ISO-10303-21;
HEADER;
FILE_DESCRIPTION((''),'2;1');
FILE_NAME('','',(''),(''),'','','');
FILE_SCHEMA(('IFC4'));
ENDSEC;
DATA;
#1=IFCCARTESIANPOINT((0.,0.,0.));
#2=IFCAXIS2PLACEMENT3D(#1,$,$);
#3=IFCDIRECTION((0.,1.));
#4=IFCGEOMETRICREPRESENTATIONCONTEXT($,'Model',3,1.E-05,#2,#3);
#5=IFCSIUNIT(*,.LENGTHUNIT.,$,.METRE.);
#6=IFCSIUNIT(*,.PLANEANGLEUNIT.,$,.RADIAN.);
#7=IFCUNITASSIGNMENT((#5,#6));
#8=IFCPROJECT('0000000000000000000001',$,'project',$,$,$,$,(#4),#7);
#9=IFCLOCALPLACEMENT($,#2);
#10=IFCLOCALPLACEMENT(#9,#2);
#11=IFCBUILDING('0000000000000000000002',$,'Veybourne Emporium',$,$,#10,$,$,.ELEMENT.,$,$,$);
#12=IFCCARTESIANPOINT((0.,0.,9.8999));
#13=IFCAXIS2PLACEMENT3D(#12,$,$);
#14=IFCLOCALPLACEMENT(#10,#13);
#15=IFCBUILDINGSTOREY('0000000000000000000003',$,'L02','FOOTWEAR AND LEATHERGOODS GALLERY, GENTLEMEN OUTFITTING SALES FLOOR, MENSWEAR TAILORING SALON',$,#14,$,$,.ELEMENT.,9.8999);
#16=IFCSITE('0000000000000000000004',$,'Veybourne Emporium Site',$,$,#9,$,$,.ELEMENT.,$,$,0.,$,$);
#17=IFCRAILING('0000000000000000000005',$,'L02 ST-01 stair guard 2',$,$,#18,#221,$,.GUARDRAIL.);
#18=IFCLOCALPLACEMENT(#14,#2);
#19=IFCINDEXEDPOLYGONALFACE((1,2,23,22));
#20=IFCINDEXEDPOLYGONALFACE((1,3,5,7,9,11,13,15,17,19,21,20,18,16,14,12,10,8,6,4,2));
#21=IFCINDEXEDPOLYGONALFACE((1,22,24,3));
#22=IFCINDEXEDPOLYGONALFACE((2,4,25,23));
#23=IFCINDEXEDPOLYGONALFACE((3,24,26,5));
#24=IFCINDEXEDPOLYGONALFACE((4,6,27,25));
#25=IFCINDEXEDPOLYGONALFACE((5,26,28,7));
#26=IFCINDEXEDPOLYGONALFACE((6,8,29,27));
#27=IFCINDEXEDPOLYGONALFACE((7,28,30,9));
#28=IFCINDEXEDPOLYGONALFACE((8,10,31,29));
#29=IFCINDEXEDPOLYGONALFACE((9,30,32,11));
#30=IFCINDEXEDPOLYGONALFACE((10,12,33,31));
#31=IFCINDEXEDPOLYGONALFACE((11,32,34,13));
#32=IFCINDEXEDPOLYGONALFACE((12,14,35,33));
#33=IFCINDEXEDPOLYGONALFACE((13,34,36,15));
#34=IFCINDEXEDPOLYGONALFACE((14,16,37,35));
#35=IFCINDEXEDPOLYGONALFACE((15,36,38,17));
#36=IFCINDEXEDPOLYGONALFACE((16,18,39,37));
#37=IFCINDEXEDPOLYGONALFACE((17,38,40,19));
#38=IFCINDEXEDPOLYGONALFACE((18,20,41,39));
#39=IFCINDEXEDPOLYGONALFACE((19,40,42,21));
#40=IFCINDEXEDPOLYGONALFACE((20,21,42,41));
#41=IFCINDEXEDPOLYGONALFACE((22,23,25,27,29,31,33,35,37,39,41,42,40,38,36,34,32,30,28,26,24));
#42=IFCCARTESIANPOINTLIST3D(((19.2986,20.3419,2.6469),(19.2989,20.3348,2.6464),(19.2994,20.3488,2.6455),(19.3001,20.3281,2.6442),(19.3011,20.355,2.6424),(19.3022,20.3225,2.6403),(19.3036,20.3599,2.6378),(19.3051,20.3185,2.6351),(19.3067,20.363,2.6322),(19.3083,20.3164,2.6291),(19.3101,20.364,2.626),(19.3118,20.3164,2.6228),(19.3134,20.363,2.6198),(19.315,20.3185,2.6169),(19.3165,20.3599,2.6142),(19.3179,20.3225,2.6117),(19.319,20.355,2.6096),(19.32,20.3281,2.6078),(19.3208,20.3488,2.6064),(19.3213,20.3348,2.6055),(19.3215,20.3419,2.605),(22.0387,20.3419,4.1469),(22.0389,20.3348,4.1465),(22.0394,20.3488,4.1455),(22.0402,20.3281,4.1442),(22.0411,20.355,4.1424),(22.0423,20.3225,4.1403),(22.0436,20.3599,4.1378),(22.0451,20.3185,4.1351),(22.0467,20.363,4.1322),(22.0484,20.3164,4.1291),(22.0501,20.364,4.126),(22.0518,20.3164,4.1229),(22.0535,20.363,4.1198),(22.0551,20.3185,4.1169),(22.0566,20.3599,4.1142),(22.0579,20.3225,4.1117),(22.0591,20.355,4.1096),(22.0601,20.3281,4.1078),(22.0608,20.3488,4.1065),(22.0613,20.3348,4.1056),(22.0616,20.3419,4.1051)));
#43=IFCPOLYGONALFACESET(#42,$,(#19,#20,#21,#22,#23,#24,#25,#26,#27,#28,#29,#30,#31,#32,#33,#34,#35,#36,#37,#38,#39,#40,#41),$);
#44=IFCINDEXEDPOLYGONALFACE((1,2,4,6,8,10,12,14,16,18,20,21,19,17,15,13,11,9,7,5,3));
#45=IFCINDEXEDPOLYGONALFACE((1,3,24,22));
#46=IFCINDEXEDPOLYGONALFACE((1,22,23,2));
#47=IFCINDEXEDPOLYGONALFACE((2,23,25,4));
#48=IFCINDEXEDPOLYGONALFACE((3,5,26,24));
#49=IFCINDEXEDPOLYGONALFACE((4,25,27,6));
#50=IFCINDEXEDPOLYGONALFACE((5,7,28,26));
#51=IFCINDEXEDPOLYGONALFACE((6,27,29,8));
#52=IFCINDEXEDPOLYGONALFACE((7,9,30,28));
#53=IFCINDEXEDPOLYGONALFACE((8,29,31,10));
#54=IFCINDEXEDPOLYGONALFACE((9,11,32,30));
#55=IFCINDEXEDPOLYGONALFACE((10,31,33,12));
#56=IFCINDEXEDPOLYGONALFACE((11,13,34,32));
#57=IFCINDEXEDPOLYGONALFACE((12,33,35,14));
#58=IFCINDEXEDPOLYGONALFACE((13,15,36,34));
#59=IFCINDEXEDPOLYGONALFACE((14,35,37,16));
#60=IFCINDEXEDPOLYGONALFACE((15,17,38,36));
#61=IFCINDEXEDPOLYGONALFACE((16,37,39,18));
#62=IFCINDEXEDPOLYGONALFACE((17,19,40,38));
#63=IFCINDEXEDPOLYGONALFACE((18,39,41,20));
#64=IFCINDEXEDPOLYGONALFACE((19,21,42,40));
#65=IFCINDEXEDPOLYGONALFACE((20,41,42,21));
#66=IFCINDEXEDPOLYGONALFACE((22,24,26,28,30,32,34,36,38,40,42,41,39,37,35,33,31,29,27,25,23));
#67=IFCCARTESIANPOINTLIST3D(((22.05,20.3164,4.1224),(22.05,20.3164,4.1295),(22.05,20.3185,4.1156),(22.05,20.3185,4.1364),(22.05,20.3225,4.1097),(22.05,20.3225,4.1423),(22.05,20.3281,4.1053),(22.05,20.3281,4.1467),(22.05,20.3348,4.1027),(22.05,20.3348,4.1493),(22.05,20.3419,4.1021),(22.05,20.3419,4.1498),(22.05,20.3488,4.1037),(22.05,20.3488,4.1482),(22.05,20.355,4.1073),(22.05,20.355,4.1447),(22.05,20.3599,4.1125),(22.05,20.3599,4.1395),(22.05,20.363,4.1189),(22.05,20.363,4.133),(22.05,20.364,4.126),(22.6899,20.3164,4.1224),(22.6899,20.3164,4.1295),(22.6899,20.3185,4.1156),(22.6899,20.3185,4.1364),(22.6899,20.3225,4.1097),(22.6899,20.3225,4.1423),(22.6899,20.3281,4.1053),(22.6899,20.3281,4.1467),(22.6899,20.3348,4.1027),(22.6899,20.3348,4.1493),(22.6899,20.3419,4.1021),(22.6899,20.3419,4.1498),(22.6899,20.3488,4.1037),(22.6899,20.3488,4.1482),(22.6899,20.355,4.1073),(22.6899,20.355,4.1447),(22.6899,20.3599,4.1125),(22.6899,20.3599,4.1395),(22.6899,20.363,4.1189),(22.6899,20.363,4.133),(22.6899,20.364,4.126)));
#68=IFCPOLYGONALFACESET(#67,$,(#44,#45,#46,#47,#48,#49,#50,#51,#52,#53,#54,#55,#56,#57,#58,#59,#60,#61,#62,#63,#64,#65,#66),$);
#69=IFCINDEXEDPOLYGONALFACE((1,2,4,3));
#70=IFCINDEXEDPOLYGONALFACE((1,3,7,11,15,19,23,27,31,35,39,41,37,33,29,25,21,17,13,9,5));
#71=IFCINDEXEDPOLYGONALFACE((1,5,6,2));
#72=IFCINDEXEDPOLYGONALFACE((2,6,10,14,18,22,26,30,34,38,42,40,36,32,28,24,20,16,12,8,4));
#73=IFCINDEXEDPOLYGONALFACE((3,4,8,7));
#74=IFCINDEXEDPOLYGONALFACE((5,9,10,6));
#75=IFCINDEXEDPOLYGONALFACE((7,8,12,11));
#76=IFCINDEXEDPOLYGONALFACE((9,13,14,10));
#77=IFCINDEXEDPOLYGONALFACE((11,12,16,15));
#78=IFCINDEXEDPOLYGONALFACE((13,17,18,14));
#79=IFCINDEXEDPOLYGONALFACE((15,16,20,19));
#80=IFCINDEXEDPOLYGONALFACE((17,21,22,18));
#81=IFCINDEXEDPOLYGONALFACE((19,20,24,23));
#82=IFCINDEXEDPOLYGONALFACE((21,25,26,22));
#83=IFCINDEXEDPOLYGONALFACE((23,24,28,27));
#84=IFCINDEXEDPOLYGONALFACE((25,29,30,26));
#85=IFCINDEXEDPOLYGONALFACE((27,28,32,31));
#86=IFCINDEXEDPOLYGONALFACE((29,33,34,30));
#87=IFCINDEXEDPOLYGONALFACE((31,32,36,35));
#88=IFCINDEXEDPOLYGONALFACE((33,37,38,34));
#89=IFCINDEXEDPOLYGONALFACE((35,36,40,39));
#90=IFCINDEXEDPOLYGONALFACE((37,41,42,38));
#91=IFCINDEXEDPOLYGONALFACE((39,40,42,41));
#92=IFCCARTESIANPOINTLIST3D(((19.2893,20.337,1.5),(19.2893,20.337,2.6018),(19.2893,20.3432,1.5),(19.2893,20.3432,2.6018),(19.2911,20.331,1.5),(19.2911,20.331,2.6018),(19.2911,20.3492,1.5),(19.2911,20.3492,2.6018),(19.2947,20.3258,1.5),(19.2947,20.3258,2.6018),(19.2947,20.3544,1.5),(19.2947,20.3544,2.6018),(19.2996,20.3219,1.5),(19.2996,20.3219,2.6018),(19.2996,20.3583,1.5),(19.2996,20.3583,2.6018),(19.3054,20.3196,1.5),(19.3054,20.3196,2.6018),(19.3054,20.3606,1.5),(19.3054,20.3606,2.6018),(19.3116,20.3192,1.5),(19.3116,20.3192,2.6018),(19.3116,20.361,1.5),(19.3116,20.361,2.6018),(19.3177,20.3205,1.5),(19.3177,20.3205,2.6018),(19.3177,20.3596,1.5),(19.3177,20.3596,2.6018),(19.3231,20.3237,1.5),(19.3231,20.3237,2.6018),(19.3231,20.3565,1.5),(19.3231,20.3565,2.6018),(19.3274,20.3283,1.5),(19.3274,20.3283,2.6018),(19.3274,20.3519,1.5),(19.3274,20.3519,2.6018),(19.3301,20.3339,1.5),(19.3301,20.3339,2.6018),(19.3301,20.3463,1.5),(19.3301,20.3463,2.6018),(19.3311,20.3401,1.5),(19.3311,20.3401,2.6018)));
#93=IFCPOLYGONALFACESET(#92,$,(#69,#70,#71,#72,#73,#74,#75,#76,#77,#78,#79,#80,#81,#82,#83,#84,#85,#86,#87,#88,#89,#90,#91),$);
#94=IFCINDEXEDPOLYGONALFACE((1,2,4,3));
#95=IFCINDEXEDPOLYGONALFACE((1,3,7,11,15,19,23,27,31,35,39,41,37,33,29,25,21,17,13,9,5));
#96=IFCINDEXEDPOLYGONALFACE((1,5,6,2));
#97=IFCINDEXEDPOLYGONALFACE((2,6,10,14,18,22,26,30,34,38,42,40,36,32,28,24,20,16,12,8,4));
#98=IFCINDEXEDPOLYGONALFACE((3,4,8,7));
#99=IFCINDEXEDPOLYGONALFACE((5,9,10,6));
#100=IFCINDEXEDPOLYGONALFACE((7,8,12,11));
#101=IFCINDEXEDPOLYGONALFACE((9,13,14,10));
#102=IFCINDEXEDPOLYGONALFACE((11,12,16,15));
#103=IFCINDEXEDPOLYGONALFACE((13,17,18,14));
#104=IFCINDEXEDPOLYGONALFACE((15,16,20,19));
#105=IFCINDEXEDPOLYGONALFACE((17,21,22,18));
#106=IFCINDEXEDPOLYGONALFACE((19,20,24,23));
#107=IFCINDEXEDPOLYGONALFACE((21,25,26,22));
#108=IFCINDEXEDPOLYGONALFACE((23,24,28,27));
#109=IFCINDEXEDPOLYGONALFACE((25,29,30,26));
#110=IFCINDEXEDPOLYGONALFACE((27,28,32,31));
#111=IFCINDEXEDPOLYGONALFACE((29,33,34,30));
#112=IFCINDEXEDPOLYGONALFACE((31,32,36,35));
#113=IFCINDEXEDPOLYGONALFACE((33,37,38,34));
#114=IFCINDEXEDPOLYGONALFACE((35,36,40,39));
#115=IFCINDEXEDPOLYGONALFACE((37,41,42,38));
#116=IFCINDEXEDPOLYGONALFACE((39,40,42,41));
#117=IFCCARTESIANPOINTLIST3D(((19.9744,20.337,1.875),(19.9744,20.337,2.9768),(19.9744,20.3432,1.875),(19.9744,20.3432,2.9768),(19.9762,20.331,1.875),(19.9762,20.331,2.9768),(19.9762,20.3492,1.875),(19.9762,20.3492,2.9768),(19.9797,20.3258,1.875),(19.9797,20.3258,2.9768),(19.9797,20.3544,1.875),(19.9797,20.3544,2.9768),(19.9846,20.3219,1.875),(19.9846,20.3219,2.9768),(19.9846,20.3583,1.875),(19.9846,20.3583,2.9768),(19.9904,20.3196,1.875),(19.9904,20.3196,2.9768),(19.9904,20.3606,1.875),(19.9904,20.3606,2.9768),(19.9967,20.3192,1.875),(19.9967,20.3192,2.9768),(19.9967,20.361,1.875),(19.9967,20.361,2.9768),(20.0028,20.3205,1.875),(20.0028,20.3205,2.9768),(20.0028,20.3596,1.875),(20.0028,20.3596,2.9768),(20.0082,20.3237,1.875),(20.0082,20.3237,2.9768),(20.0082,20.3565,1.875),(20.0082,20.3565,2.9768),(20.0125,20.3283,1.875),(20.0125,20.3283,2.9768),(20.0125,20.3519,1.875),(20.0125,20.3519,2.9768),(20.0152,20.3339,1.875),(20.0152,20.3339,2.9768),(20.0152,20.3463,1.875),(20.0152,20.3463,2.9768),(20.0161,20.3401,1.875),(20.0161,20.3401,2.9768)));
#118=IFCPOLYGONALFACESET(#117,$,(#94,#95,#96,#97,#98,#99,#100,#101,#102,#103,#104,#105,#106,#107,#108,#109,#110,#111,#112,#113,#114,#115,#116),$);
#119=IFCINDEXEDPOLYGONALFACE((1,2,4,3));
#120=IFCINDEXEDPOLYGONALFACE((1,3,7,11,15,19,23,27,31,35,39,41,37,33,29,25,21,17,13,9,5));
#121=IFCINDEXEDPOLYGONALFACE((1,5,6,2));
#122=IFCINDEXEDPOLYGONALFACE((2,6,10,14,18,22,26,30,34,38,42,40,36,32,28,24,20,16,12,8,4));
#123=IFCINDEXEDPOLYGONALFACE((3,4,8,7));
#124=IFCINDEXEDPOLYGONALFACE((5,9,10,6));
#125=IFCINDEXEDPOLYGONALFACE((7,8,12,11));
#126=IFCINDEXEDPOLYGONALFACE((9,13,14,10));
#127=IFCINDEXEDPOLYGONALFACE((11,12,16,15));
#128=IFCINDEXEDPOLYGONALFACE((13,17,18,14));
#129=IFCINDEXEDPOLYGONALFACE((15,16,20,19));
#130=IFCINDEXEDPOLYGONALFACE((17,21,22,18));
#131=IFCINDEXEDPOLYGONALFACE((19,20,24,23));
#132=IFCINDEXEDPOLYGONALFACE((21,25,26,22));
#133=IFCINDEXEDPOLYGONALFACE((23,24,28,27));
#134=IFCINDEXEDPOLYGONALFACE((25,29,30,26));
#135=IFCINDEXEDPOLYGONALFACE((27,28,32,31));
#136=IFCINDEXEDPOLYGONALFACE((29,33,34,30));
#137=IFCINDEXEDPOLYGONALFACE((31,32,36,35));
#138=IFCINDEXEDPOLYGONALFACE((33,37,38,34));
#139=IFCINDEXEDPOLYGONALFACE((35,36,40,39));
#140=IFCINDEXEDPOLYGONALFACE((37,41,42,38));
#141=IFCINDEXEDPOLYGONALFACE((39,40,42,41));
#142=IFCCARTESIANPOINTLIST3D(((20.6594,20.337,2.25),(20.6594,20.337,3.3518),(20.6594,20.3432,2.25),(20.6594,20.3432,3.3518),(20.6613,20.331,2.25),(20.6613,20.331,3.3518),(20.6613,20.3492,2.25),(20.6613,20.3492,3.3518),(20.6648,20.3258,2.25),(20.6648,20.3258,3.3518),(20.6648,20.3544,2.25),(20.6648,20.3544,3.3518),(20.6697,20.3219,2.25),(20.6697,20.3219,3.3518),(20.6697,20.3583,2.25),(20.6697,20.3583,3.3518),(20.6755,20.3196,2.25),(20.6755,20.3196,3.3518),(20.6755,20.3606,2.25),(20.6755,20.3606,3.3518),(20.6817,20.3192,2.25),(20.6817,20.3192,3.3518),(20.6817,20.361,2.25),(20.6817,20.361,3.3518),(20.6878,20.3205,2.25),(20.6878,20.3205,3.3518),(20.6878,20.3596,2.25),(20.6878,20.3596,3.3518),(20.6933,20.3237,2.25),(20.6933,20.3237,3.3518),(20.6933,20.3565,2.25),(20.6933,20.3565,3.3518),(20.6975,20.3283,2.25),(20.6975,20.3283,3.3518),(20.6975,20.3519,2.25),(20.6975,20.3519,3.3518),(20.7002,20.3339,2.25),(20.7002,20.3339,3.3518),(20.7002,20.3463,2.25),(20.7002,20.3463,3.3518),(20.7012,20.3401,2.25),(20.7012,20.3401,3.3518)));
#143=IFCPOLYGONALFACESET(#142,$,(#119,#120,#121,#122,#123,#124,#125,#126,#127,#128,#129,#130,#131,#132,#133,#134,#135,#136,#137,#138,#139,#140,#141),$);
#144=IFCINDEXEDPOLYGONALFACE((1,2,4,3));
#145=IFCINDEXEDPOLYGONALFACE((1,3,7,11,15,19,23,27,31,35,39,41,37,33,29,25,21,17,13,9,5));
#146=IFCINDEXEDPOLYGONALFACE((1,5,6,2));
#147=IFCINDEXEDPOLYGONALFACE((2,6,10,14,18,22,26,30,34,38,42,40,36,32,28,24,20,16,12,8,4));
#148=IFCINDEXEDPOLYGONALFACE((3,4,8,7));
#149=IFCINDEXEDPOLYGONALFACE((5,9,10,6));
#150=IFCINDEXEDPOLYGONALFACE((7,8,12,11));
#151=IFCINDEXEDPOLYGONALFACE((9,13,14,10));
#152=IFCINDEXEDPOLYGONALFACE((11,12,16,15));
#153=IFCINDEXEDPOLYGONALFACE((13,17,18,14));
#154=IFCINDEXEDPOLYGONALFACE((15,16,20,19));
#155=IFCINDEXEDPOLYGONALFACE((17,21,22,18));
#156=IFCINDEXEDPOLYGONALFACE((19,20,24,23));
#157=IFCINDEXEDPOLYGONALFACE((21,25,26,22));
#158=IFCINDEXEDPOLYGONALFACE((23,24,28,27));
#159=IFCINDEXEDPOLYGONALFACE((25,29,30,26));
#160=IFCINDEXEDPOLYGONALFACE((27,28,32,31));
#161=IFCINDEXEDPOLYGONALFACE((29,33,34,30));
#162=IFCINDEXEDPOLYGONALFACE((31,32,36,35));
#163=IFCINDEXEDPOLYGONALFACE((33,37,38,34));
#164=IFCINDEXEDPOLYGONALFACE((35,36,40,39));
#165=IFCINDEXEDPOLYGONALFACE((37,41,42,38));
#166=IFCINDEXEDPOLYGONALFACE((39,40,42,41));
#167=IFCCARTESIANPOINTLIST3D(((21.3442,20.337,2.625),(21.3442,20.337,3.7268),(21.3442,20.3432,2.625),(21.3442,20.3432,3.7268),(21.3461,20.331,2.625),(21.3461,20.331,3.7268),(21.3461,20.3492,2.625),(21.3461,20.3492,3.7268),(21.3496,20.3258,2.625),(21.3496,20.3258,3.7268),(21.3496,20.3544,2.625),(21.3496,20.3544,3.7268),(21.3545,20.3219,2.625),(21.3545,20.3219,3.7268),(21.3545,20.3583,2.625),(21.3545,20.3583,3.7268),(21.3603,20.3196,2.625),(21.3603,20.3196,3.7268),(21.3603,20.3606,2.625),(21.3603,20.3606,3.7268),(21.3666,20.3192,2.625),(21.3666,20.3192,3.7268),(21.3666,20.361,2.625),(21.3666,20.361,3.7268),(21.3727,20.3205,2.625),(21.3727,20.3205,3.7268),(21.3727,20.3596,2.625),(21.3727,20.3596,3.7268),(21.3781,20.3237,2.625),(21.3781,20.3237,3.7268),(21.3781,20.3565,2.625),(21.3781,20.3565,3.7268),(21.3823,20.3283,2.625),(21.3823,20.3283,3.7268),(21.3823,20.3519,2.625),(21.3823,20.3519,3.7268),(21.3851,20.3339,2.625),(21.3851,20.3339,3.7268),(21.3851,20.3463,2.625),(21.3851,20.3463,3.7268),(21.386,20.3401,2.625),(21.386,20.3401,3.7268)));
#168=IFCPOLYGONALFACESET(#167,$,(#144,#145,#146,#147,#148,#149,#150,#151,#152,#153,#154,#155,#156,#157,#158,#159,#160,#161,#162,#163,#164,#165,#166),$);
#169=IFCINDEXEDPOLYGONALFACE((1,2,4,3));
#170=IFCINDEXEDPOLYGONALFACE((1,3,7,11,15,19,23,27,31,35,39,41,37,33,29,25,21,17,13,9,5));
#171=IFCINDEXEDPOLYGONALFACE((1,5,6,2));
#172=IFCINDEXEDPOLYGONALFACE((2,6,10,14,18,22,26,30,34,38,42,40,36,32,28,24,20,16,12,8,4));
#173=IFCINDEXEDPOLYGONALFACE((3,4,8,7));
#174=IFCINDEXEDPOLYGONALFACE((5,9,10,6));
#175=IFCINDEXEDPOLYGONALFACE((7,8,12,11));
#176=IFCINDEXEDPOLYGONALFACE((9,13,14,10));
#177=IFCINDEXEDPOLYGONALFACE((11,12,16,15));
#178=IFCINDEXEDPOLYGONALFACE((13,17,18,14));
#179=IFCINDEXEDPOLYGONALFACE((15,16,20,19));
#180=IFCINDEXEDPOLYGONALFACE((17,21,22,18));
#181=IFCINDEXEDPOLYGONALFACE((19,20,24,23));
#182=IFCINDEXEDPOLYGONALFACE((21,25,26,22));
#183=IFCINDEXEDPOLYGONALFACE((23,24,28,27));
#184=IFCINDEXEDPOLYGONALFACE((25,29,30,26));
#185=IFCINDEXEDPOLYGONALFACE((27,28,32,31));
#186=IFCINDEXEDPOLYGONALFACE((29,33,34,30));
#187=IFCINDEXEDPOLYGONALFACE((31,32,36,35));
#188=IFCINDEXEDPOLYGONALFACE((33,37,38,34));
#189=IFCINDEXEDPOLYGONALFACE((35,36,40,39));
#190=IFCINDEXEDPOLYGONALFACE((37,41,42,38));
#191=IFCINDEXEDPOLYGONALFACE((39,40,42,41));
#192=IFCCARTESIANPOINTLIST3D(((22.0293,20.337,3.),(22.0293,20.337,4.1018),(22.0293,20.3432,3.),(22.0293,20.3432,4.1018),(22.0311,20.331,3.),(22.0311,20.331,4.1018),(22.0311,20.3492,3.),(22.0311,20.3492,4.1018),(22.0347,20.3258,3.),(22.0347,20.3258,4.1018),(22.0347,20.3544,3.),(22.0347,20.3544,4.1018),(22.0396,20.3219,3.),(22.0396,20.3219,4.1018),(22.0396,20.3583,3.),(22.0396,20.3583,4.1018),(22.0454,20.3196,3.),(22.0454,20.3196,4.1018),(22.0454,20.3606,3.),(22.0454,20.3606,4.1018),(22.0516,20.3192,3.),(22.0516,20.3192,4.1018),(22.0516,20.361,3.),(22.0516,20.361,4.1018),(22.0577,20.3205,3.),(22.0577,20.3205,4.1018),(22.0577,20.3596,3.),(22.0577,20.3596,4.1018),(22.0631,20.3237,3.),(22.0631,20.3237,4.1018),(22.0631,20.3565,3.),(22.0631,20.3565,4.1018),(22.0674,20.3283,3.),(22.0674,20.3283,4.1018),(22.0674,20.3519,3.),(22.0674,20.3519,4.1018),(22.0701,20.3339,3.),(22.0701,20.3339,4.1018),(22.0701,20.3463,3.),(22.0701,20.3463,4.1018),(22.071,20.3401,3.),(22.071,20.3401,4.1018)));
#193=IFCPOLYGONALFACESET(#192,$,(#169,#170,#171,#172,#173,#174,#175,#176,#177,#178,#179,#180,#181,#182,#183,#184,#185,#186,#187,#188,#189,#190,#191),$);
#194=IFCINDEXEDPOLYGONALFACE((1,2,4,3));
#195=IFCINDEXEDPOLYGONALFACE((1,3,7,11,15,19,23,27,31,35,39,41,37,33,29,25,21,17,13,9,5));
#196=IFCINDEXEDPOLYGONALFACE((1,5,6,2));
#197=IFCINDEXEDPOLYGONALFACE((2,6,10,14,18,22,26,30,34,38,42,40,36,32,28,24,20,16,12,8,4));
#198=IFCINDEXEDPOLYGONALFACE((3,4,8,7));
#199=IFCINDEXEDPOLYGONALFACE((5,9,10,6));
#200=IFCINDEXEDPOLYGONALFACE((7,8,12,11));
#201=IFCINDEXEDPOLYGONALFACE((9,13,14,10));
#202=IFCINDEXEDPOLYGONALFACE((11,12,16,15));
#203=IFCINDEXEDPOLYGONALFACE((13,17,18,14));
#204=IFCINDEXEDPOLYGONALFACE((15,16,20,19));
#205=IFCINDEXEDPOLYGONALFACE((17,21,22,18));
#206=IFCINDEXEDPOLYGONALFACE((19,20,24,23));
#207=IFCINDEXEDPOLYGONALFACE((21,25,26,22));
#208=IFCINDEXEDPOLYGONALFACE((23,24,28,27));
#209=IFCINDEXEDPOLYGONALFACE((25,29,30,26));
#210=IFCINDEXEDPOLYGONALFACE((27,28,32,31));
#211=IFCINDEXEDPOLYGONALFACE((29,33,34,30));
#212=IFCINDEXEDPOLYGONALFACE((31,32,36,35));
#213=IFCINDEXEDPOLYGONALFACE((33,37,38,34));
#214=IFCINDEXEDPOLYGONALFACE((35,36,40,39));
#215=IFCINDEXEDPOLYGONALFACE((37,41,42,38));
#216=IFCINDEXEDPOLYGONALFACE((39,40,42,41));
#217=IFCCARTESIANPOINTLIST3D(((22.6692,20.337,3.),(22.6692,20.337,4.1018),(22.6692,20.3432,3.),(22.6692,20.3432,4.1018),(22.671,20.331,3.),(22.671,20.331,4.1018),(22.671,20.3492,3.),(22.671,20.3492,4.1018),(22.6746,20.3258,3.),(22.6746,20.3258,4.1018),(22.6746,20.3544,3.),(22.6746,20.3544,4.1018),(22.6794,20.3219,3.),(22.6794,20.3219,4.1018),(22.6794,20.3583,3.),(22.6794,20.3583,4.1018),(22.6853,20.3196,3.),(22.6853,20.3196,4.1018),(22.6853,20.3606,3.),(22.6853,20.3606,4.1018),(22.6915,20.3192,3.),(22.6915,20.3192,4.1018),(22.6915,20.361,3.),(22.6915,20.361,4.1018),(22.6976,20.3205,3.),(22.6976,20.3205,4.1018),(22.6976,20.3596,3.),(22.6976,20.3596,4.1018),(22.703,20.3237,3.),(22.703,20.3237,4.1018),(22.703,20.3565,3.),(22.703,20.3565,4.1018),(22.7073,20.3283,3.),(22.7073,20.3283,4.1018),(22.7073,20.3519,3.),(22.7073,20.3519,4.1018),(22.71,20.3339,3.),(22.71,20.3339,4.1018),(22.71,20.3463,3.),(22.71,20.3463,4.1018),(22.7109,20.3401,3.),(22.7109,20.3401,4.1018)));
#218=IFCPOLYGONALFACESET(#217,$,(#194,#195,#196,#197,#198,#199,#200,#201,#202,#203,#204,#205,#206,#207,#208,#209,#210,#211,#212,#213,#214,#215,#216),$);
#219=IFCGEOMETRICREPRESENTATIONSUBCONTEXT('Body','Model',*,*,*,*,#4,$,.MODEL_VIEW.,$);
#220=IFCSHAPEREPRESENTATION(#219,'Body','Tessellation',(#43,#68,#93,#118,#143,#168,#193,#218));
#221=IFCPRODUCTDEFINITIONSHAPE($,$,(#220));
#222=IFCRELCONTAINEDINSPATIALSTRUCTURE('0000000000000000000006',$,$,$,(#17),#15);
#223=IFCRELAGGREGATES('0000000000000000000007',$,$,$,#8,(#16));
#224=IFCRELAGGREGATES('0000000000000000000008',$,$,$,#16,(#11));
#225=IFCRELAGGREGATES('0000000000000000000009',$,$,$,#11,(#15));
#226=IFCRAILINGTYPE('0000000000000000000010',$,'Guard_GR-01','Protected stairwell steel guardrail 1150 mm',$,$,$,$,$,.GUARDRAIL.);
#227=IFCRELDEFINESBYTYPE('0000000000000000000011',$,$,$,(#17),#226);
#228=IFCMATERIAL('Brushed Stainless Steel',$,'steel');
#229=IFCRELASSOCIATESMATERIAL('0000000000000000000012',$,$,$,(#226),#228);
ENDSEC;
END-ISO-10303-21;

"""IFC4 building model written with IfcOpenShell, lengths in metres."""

from ifc_helpers import new_model, si_unit, direction, frame, origin, origin_2d, place, context, subcontext, project, spatial, circle, extrude, material, type_object, element, save


model = new_model("IFC4")

# Units and contexts
model_context = context("Model", 3, precision=1e-05, world=origin(), true_north=direction((0.0, 1.0)))
body_context = subcontext(model_context, "Body", "Model", "MODEL_VIEW")
ifc_project = project(units=[si_unit("LENGTHUNIT", "METRE"), si_unit("PLANEANGLEUNIT", "RADIAN")], contexts=[model_context])

# Site, building, storey
site_placement = place(None, origin())
site = spatial("IfcSite", under=ifc_project, at=site_placement, Name="Veybourne Emporium Site", CompositionType="ELEMENT", RefElevation=0.0)
building_placement = place(site_placement, origin())
building = spatial("IfcBuilding", under=site, at=building_placement, Name="Veybourne Emporium", CompositionType="ELEMENT")
storey_placement = place(building_placement, frame((0.0, 0.0, 9.8999)))
storey = spatial("IfcBuildingStorey", under=building, at=storey_placement, Name="L02", Description="FOOTWEAR AND LEATHERGOODS GALLERY, GENTLEMEN OUTFITTING SALES FLOOR, MENSWEAR TAILORING SALON", CompositionType="ELEMENT", Elevation=9.8999)

# Railing
ifc_material_1 = material(Name="Brushed Stainless Steel", Category="steel")
railing_type_1 = type_object("IfcRailingType", Name="Guard_GR-01", Description="Protected stairwell steel guardrail 1150 mm", PredefinedType="GUARDRAIL", material=ifc_material_1)
railing_1_placement = place(storey_placement, frame((19.3101, 20.3401, 1.5)))
element("IfcRailing", 1, at=railing_1_placement, inside=storey, type_object=railing_type_1, Name="L02 ST-01 stair guard 2", PredefinedType="GUARDRAIL", context=body_context, shape_type="SweptSolid", body=[
    extrude(circle(Radius=0.0239, at=origin_2d()), frame((0.0, 0.0, 1.126), z_axis=(0.87716, 0.0, 0.480199), x_axis=(0.0, 1.0, 0.0)), (0.0, 0.0, 1.0), 3.1238),
    extrude(circle(Radius=0.0239, at=origin_2d()), frame((2.74, 0.0, 2.626), z_axis=(1.0, 0.0, 0.0), x_axis=(0.0, 1.0, 0.0)), (0.0, 0.0, 1.0), 0.6399),
    extrude(circle(Radius=0.021, at=origin_2d()), origin(), (0.0, 0.0, 1.0), 1.1018),
    extrude(circle(Radius=0.021, at=origin_2d()), frame((0.6851, 0.0, 0.375)), (0.0, 0.0, 1.0), 1.1018),
    extrude(circle(Radius=0.021, at=origin_2d()), frame((1.3701, 0.0, 0.75)), (0.0, 0.0, 1.0), 1.1018),
    extrude(circle(Radius=0.021, at=origin_2d()), frame((2.0549, 0.0, 1.125)), (0.0, 0.0, 1.0), 1.1018),
    extrude(circle(Radius=0.021, at=origin_2d()), frame((2.74, 0.0, 1.5)), (0.0, 0.0, 1.0), 1.1018),
    extrude(circle(Radius=0.021, at=origin_2d()), frame((3.3799, 0.0, 1.5)), (0.0, 0.0, 1.0), 1.1018),
])

save(model, "model.ifc")
